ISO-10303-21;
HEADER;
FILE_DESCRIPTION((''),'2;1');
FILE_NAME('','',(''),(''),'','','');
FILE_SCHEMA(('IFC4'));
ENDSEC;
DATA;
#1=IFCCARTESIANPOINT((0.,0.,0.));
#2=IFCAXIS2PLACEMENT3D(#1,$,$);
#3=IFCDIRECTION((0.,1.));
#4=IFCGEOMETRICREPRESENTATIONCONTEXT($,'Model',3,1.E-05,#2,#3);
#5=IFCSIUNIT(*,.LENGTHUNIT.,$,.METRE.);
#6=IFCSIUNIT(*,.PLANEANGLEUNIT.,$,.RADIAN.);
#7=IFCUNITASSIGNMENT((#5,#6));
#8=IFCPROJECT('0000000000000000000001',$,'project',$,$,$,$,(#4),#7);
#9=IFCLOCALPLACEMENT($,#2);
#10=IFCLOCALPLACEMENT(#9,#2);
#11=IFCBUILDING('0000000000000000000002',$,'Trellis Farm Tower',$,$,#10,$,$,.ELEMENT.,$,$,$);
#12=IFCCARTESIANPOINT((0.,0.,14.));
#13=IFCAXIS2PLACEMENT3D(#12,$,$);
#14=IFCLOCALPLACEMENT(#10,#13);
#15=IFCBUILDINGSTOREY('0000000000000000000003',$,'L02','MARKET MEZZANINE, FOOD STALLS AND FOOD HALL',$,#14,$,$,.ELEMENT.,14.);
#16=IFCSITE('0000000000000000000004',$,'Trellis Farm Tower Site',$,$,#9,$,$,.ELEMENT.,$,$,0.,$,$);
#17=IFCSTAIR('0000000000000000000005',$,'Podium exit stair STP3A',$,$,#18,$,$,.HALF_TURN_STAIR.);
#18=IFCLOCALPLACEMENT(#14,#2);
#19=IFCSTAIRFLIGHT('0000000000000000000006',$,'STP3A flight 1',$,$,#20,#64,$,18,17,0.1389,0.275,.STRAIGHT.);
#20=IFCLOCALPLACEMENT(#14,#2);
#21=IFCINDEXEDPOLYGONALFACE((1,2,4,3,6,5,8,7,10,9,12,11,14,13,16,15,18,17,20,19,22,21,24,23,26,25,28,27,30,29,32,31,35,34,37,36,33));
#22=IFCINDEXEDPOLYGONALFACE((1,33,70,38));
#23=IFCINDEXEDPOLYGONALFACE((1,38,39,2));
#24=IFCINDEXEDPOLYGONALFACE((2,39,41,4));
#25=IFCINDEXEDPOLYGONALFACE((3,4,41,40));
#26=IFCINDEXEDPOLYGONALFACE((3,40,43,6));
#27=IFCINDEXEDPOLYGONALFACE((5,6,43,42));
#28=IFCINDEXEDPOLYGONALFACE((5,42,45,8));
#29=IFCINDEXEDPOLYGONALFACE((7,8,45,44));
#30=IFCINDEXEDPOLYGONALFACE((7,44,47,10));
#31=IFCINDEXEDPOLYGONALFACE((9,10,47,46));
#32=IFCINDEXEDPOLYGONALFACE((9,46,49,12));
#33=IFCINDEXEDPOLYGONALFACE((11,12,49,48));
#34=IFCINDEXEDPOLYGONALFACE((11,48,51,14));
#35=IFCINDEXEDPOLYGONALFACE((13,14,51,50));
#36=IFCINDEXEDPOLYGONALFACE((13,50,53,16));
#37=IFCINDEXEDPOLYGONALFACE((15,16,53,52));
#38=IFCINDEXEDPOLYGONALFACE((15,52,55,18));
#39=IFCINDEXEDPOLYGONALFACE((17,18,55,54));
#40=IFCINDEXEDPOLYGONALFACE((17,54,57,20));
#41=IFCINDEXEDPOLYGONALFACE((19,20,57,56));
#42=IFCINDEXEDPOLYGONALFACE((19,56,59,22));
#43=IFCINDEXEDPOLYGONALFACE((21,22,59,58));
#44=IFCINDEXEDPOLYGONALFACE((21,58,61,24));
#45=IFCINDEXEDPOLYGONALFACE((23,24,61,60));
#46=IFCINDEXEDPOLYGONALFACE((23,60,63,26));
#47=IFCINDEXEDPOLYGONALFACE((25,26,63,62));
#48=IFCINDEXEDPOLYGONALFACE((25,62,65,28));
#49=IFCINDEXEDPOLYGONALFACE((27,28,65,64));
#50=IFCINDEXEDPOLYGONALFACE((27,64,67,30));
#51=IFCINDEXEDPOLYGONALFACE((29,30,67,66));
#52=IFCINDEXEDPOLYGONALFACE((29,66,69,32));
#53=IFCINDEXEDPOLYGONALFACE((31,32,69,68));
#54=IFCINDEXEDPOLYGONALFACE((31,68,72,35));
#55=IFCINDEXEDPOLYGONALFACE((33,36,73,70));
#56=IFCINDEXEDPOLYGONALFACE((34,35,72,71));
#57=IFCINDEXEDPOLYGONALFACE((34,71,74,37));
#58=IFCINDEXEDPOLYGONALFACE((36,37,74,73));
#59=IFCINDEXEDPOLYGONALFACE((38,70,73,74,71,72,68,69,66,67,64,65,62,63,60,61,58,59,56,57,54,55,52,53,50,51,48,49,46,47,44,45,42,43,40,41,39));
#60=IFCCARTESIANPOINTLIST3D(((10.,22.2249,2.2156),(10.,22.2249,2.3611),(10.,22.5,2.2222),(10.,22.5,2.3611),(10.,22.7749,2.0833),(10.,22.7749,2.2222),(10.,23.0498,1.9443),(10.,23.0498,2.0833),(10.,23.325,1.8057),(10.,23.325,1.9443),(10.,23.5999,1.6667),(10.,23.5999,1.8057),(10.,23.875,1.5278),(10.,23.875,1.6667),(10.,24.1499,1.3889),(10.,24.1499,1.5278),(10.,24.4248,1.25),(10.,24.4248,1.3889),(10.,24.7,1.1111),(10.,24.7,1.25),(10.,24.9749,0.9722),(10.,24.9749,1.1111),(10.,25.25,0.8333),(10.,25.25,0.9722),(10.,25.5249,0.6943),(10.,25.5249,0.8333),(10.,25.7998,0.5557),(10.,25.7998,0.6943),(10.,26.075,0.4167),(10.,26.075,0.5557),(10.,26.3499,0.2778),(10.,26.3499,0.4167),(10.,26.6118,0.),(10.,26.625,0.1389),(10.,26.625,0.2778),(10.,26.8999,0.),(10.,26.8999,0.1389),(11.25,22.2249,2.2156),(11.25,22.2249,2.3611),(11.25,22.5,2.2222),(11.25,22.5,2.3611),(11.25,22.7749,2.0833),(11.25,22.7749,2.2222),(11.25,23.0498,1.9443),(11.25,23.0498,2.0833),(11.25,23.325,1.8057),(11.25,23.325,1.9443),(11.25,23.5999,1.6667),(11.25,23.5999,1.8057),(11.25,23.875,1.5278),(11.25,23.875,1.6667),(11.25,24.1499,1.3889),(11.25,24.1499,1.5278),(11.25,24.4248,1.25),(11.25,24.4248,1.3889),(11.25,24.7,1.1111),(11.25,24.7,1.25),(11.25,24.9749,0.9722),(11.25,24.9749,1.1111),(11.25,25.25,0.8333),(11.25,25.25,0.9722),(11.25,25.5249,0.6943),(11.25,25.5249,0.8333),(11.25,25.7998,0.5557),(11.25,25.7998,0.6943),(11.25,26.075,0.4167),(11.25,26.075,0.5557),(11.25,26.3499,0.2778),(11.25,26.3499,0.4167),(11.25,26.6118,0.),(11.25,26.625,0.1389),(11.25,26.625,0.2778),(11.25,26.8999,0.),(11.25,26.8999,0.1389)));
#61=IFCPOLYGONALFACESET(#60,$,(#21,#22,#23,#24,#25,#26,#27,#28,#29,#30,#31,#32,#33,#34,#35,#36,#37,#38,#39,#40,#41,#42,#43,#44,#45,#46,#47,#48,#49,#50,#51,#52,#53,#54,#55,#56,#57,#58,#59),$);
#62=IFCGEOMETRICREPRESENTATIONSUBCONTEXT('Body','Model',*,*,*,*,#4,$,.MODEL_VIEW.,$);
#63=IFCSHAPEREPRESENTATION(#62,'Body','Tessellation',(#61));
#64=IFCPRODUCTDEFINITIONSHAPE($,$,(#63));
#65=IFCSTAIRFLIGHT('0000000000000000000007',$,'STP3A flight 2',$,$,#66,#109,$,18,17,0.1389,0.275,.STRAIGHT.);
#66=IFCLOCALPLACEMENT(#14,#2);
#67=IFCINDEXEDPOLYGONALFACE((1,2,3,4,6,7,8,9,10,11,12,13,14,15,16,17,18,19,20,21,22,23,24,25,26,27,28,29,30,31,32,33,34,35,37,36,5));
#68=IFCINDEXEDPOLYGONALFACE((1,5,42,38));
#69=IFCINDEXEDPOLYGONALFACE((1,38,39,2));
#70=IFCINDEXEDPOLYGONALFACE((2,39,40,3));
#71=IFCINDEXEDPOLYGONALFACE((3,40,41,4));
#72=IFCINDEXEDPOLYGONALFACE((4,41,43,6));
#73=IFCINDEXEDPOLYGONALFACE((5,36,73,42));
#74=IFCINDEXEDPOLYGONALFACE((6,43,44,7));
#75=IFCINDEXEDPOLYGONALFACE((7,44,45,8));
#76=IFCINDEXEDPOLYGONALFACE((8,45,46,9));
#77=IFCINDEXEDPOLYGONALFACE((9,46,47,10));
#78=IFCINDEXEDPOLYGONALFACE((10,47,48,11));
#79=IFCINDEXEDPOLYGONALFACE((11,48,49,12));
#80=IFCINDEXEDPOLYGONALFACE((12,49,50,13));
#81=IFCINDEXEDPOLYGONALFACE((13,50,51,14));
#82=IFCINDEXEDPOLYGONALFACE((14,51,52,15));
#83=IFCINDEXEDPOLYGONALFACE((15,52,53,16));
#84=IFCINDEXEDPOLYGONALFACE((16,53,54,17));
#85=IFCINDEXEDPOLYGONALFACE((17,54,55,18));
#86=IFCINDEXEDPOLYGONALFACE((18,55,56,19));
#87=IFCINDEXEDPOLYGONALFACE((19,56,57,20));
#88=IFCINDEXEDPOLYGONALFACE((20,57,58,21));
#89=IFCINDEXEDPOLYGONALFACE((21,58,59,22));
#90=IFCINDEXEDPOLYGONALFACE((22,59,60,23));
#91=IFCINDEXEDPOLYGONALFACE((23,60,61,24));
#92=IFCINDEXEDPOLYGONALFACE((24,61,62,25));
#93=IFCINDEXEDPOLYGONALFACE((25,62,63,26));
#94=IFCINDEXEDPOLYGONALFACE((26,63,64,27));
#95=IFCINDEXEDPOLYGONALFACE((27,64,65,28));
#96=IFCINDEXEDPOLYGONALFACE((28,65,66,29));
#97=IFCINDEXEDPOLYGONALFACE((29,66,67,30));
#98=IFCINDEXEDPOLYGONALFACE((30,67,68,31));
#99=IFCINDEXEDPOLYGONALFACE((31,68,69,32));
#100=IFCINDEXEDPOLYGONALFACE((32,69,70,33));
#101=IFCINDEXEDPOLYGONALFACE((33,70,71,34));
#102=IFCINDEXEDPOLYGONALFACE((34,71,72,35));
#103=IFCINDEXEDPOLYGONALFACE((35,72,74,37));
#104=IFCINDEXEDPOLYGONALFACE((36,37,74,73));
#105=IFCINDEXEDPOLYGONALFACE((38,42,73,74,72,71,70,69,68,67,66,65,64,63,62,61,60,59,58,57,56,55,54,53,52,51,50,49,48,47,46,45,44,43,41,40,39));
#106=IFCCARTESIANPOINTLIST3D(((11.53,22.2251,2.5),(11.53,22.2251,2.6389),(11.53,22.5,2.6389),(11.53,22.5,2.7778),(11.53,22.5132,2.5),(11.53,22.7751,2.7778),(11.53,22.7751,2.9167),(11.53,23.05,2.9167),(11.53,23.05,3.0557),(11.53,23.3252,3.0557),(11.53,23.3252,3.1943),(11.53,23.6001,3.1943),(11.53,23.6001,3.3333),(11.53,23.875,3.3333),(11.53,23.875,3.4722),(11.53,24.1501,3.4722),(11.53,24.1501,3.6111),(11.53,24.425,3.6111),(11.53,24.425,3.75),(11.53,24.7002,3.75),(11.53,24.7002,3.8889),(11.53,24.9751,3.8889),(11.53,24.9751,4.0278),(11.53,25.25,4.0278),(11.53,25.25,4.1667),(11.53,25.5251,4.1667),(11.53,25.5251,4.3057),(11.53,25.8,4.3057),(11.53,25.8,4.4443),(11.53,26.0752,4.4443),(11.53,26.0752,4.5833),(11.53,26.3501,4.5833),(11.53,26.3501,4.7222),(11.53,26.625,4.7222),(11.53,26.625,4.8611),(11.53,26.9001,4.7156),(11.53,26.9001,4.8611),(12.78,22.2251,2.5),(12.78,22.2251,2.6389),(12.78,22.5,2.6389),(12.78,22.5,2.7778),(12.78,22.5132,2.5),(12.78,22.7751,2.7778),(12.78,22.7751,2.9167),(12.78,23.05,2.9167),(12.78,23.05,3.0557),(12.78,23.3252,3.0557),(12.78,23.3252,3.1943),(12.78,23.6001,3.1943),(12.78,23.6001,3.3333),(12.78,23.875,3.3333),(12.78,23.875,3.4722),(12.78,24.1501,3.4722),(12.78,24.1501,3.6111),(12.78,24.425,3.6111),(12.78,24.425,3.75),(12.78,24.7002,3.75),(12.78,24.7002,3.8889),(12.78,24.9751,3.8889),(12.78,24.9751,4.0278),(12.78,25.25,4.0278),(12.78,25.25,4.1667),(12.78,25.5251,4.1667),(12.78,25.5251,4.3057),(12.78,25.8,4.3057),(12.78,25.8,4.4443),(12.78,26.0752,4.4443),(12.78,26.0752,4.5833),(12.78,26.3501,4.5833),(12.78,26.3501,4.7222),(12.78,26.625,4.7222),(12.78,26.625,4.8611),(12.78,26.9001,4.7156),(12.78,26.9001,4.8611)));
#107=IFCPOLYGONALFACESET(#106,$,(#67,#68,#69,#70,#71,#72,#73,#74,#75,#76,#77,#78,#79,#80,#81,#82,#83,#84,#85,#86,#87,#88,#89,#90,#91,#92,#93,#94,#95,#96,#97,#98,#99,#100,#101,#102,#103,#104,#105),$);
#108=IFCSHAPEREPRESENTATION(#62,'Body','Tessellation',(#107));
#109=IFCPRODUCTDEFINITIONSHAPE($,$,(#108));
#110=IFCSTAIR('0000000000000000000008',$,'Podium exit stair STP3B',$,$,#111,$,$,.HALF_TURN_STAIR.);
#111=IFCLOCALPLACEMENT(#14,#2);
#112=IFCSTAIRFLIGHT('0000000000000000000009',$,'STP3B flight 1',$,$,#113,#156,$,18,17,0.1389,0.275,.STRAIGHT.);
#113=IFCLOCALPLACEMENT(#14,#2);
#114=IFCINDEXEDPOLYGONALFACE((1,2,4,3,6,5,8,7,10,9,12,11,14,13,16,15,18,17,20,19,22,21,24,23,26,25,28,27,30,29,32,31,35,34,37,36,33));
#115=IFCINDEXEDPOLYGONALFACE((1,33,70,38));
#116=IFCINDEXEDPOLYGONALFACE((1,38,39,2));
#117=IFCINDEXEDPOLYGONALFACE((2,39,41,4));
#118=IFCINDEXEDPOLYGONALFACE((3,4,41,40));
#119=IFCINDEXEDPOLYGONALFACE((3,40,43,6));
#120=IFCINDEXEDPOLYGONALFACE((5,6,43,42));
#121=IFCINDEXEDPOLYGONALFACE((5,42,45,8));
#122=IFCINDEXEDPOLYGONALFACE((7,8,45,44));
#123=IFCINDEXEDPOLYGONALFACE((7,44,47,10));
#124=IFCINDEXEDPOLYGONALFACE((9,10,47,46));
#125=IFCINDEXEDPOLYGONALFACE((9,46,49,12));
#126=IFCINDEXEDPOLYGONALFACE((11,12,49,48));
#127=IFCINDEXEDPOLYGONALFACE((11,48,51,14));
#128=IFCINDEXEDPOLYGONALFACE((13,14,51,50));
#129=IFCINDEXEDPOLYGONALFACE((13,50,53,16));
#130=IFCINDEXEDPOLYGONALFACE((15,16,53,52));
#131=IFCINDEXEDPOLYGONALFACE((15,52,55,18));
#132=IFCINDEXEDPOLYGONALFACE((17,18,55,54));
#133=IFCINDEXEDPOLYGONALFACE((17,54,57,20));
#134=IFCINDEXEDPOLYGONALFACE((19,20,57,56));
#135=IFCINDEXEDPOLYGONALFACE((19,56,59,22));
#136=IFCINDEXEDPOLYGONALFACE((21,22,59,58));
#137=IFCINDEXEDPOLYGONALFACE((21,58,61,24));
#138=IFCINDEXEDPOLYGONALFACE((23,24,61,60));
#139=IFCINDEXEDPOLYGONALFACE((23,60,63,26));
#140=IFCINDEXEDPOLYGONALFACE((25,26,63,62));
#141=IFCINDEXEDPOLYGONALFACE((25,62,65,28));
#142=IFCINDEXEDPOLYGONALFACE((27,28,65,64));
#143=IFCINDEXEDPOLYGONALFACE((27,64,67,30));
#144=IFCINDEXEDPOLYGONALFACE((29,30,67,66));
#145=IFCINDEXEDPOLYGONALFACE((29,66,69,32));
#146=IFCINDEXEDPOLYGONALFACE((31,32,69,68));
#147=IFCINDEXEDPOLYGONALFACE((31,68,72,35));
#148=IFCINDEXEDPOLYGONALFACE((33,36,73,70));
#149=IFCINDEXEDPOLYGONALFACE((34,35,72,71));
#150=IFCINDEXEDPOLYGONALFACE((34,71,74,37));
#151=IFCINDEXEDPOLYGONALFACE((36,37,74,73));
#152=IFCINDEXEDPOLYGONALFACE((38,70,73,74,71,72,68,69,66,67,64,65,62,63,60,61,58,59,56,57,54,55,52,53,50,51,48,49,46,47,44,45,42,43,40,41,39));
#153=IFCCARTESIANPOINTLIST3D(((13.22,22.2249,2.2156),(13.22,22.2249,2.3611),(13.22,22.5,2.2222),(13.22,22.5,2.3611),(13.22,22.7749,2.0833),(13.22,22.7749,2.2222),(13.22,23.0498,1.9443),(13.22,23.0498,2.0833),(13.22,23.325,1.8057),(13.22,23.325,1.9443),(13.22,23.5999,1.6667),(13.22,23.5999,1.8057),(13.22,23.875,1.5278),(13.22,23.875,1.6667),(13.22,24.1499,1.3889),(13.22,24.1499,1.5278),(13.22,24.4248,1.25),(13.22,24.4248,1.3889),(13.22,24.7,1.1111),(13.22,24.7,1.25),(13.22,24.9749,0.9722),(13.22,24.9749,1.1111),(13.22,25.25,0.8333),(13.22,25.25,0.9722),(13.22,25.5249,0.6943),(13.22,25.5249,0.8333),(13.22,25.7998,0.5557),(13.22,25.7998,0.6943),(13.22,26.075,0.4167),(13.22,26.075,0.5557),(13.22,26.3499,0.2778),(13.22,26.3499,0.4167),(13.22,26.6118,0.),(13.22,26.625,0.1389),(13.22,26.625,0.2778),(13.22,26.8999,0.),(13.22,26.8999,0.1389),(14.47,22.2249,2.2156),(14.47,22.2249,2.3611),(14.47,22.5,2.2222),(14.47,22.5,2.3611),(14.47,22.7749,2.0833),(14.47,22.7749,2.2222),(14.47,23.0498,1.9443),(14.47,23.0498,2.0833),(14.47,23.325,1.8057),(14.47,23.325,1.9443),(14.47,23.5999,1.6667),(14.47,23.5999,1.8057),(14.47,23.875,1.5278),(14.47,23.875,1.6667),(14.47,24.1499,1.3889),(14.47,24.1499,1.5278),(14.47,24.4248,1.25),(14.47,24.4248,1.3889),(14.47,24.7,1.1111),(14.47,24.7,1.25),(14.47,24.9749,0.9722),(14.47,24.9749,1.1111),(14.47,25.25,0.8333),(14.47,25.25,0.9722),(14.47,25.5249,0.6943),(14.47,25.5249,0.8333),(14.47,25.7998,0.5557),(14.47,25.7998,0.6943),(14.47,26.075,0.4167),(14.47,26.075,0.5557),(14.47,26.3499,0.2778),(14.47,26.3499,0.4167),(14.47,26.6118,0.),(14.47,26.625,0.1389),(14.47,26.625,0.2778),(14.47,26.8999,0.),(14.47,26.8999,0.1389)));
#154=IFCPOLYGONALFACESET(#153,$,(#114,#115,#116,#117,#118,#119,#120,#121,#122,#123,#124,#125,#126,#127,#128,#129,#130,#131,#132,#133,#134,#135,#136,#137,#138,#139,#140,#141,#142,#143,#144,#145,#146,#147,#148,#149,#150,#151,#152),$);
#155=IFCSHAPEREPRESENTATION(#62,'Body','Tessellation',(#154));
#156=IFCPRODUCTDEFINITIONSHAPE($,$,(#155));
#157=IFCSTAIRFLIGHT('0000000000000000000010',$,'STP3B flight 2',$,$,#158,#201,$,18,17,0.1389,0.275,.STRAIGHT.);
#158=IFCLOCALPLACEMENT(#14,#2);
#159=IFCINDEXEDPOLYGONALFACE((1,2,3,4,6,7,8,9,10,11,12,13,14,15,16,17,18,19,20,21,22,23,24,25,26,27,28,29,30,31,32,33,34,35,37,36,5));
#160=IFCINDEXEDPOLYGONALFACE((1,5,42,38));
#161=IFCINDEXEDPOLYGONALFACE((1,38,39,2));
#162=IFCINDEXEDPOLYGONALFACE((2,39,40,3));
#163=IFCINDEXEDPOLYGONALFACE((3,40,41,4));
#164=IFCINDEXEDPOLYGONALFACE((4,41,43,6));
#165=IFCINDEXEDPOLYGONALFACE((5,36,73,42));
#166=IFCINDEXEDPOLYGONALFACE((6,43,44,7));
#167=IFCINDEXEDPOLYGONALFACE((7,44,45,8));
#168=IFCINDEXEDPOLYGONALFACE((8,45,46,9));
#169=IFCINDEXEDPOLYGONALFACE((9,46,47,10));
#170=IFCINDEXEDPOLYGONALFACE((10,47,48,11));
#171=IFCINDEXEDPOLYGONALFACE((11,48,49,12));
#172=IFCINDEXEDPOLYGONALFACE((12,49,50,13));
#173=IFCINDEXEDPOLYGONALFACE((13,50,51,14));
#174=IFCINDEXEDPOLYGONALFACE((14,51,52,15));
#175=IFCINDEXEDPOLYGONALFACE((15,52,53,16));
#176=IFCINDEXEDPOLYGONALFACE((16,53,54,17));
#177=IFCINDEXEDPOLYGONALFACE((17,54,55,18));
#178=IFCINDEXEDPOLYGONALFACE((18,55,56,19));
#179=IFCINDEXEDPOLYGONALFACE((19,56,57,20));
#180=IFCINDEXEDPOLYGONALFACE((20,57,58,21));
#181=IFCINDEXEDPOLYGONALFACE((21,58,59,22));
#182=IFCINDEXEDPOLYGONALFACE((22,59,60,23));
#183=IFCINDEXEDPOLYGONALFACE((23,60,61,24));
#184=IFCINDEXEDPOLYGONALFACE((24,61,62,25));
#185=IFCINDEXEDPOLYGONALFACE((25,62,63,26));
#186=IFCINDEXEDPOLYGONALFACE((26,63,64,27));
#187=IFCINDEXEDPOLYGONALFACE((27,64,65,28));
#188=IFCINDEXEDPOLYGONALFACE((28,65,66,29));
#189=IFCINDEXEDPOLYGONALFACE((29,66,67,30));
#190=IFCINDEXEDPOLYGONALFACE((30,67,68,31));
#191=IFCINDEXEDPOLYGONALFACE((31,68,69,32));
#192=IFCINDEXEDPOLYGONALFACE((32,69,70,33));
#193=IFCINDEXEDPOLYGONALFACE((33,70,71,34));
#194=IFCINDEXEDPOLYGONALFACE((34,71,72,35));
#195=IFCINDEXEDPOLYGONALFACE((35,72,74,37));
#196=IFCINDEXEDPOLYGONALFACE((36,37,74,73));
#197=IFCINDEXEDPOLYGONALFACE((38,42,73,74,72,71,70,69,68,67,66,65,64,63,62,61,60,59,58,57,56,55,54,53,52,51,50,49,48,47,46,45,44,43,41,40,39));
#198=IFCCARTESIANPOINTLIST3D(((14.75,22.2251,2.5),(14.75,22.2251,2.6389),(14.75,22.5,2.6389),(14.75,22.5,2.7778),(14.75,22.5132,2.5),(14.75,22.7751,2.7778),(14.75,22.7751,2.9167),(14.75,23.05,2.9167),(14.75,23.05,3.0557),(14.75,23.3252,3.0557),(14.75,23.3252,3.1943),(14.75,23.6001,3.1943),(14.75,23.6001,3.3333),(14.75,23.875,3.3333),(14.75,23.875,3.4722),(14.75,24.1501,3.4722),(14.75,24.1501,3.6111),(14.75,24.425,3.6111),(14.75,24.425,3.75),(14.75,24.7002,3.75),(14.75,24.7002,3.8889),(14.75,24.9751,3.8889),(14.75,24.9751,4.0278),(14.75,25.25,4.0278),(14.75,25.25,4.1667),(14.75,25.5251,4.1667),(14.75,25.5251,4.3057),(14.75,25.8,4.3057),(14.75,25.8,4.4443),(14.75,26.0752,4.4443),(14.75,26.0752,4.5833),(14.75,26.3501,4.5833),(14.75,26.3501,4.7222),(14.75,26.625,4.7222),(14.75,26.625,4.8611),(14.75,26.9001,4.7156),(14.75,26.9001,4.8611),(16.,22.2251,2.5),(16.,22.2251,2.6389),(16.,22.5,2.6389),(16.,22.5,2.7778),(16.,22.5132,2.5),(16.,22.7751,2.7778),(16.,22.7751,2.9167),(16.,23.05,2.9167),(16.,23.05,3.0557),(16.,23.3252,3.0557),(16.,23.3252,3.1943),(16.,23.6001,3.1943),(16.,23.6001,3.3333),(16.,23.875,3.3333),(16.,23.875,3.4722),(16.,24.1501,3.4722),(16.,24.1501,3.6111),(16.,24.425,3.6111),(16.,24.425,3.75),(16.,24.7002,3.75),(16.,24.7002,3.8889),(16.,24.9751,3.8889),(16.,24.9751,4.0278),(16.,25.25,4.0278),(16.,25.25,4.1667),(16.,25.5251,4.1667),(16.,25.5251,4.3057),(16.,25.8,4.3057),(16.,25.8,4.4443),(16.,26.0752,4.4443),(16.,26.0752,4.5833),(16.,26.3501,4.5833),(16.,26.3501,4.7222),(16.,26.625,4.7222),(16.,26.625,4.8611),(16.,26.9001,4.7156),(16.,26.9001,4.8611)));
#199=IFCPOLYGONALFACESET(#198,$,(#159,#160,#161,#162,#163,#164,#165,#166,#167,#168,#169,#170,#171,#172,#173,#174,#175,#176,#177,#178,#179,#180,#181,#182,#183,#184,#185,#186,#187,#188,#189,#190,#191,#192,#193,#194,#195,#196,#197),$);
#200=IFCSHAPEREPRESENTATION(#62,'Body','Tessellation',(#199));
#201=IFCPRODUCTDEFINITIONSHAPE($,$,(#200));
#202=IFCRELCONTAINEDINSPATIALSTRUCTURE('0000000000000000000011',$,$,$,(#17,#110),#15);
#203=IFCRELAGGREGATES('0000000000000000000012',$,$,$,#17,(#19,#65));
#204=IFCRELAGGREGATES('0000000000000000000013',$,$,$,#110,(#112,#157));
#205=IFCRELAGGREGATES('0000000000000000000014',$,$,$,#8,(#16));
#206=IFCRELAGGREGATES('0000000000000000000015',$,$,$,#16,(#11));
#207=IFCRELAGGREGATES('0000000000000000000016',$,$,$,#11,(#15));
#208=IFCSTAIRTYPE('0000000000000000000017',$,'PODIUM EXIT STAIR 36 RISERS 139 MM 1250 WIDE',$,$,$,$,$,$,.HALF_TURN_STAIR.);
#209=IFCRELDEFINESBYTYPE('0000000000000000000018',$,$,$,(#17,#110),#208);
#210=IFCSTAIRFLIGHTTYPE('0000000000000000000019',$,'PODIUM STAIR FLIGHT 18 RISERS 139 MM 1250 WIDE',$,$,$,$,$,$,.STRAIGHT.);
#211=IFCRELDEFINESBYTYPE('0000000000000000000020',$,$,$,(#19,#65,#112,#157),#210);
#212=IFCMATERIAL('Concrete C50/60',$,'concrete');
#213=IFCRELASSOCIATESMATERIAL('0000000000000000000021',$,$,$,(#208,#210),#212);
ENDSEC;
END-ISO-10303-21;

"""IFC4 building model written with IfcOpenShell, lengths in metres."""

from ifc_helpers import new_model, si_unit, direction, frame, origin, place, context, subcontext, project, spatial, polyline, outline, extrude, source, transform, mapped, material, type_object, element, aggregate, save


model = new_model("IFC4")

# Units and contexts
model_context = context("Model", 3, precision=1e-05, world=origin(), true_north=direction((0.0, 1.0)))
body_context = subcontext(model_context, "Body", "Model", "MODEL_VIEW")
ifc_project = project(units=[si_unit("LENGTHUNIT", "METRE"), si_unit("PLANEANGLEUNIT", "RADIAN")], contexts=[model_context])

# Site, building, storey
site_placement = place(None, origin())
site = spatial("IfcSite", under=ifc_project, at=site_placement, Name="Trellis Farm Tower Site", CompositionType="ELEMENT", RefElevation=0.0)
building_placement = place(site_placement, origin())
building = spatial("IfcBuilding", under=site, at=building_placement, Name="Trellis Farm Tower", CompositionType="ELEMENT")
storey_placement = place(building_placement, frame((0.0, 0.0, 14.0)))
storey = spatial("IfcBuildingStorey", under=building, at=storey_placement, Name="L02", Description="MARKET MEZZANINE, FOOD STALLS AND FOOD HALL", CompositionType="ELEMENT", Elevation=14.0)

# Stairs, stair flights
ifc_material_1 = material(Name="Concrete C50/60", Category="concrete")
stair_type = type_object("IfcStairType", Name="PODIUM EXIT STAIR 36 RISERS 139 MM 1250 WIDE", PredefinedType="HALF_TURN_STAIR", material=ifc_material_1)
placement = place(storey_placement, origin())
stair_1 = element("IfcStair", 1, at=placement, inside=storey, type_object=stair_type, Name="Podium exit stair STP3A", PredefinedType="HALF_TURN_STAIR")
stair_flight_type = type_object("IfcStairFlightType", Name="PODIUM STAIR FLIGHT 18 RISERS 139 MM 1250 WIDE", PredefinedType="STRAIGHT", material=ifc_material_1)
shared_shape_1 = source(origin(), body_context, "Body", "SweptSolid", [
    extrude(outline(polyline([(0.0, 0.0), (0.0, 0.1389), (0.2749, 0.1389), (0.2749, 0.2778), (0.55, 0.2778), (0.55, 0.4167), (0.825, 0.4167), (0.825, 0.5557), (1.1001, 0.5557), (1.1001, 0.6943), (1.375, 0.6943), (1.375, 0.8333), (1.6499, 0.8333), (1.6499, 0.9722), (1.925, 0.9722), (1.925, 1.1111), (2.2, 1.1111), (2.2, 1.25), (2.4751, 1.25), (2.4751, 1.3889), (2.75, 1.3889), (2.75, 1.5278), (3.0249, 1.5278), (3.0249, 1.6667), (3.3, 1.6667), (3.3, 1.8057), (3.575, 1.8057), (3.575, 1.9443), (3.8501, 1.9443), (3.8501, 2.0833), (4.125, 2.0833), (4.125, 2.2222), (4.3999, 2.2222), (4.3999, 2.3611), (4.675, 2.3611), (4.675, 2.5), (4.675, 2.2156), (0.2881, 0.0), (0.0, 0.0)])), frame((0.0, 0.625, 0.0), z_axis=(0.0, -1.0, 0.0), x_axis=(1.0, 0.0, 0.0)), (0.0, 0.0, 1.0), 1.25),
])
stair_flight_1_placement = place(storey_placement, frame((10.625, 26.8999, 0.0), z_axis=(0.0, 0.0, 1.0), x_axis=(0.0, -1.0, 0.0)))
stair_flight_1 = element("IfcStairFlight", 2, at=stair_flight_1_placement, type_object=stair_flight_type, Name="STP3A flight 1", NumberOfRisers=18, NumberOfTreads=17, PredefinedType="STRAIGHT", RiserHeight=0.1389, TreadLength=0.275, context=body_context, shape_type="MappedRepresentation", body=[
    mapped(shared_shape_1, transform((0.0, 0.0, 0.0))),
])
stair_flight_2_placement = place(storey_placement, frame((12.155, 22.2251, 2.5), z_axis=(0.0, 0.0, 1.0), x_axis=(0.0, 1.0, 0.0)))
stair_flight_2 = element("IfcStairFlight", 3, at=stair_flight_2_placement, type_object=stair_flight_type, Name="STP3A flight 2", NumberOfRisers=18, NumberOfTreads=17, PredefinedType="STRAIGHT", RiserHeight=0.1389, TreadLength=0.275, context=body_context, shape_type="MappedRepresentation", body=[
    mapped(shared_shape_1, transform((0.0, 0.0, 0.0))),
])
aggregate(stair_1, [stair_flight_1, stair_flight_2])
stair_2 = element("IfcStair", 4, at=placement, inside=storey, type_object=stair_type, Name="Podium exit stair STP3B", PredefinedType="HALF_TURN_STAIR")
stair_flight_3_placement = place(storey_placement, frame((13.845, 26.8999, 0.0), z_axis=(0.0, 0.0, 1.0), x_axis=(0.0, -1.0, 0.0)))
stair_flight_3 = element("IfcStairFlight", 5, at=stair_flight_3_placement, type_object=stair_flight_type, Name="STP3B flight 1", NumberOfRisers=18, NumberOfTreads=17, PredefinedType="STRAIGHT", RiserHeight=0.1389, TreadLength=0.275, context=body_context, shape_type="MappedRepresentation", body=[
    mapped(shared_shape_1, transform((0.0, 0.0, 0.0))),
])
stair_flight_4_placement = place(storey_placement, frame((15.375, 22.2251, 2.5), z_axis=(0.0, 0.0, 1.0), x_axis=(0.0, 1.0, 0.0)))
stair_flight_4 = element("IfcStairFlight", 6, at=stair_flight_4_placement, type_object=stair_flight_type, Name="STP3B flight 2", NumberOfRisers=18, NumberOfTreads=17, PredefinedType="STRAIGHT", RiserHeight=0.1389, TreadLength=0.275, context=body_context, shape_type="MappedRepresentation", body=[
    mapped(shared_shape_1, transform((0.0, 0.0, 0.0))),
])
aggregate(stair_2, [stair_flight_3, stair_flight_4])

save(model, "model.ifc")
